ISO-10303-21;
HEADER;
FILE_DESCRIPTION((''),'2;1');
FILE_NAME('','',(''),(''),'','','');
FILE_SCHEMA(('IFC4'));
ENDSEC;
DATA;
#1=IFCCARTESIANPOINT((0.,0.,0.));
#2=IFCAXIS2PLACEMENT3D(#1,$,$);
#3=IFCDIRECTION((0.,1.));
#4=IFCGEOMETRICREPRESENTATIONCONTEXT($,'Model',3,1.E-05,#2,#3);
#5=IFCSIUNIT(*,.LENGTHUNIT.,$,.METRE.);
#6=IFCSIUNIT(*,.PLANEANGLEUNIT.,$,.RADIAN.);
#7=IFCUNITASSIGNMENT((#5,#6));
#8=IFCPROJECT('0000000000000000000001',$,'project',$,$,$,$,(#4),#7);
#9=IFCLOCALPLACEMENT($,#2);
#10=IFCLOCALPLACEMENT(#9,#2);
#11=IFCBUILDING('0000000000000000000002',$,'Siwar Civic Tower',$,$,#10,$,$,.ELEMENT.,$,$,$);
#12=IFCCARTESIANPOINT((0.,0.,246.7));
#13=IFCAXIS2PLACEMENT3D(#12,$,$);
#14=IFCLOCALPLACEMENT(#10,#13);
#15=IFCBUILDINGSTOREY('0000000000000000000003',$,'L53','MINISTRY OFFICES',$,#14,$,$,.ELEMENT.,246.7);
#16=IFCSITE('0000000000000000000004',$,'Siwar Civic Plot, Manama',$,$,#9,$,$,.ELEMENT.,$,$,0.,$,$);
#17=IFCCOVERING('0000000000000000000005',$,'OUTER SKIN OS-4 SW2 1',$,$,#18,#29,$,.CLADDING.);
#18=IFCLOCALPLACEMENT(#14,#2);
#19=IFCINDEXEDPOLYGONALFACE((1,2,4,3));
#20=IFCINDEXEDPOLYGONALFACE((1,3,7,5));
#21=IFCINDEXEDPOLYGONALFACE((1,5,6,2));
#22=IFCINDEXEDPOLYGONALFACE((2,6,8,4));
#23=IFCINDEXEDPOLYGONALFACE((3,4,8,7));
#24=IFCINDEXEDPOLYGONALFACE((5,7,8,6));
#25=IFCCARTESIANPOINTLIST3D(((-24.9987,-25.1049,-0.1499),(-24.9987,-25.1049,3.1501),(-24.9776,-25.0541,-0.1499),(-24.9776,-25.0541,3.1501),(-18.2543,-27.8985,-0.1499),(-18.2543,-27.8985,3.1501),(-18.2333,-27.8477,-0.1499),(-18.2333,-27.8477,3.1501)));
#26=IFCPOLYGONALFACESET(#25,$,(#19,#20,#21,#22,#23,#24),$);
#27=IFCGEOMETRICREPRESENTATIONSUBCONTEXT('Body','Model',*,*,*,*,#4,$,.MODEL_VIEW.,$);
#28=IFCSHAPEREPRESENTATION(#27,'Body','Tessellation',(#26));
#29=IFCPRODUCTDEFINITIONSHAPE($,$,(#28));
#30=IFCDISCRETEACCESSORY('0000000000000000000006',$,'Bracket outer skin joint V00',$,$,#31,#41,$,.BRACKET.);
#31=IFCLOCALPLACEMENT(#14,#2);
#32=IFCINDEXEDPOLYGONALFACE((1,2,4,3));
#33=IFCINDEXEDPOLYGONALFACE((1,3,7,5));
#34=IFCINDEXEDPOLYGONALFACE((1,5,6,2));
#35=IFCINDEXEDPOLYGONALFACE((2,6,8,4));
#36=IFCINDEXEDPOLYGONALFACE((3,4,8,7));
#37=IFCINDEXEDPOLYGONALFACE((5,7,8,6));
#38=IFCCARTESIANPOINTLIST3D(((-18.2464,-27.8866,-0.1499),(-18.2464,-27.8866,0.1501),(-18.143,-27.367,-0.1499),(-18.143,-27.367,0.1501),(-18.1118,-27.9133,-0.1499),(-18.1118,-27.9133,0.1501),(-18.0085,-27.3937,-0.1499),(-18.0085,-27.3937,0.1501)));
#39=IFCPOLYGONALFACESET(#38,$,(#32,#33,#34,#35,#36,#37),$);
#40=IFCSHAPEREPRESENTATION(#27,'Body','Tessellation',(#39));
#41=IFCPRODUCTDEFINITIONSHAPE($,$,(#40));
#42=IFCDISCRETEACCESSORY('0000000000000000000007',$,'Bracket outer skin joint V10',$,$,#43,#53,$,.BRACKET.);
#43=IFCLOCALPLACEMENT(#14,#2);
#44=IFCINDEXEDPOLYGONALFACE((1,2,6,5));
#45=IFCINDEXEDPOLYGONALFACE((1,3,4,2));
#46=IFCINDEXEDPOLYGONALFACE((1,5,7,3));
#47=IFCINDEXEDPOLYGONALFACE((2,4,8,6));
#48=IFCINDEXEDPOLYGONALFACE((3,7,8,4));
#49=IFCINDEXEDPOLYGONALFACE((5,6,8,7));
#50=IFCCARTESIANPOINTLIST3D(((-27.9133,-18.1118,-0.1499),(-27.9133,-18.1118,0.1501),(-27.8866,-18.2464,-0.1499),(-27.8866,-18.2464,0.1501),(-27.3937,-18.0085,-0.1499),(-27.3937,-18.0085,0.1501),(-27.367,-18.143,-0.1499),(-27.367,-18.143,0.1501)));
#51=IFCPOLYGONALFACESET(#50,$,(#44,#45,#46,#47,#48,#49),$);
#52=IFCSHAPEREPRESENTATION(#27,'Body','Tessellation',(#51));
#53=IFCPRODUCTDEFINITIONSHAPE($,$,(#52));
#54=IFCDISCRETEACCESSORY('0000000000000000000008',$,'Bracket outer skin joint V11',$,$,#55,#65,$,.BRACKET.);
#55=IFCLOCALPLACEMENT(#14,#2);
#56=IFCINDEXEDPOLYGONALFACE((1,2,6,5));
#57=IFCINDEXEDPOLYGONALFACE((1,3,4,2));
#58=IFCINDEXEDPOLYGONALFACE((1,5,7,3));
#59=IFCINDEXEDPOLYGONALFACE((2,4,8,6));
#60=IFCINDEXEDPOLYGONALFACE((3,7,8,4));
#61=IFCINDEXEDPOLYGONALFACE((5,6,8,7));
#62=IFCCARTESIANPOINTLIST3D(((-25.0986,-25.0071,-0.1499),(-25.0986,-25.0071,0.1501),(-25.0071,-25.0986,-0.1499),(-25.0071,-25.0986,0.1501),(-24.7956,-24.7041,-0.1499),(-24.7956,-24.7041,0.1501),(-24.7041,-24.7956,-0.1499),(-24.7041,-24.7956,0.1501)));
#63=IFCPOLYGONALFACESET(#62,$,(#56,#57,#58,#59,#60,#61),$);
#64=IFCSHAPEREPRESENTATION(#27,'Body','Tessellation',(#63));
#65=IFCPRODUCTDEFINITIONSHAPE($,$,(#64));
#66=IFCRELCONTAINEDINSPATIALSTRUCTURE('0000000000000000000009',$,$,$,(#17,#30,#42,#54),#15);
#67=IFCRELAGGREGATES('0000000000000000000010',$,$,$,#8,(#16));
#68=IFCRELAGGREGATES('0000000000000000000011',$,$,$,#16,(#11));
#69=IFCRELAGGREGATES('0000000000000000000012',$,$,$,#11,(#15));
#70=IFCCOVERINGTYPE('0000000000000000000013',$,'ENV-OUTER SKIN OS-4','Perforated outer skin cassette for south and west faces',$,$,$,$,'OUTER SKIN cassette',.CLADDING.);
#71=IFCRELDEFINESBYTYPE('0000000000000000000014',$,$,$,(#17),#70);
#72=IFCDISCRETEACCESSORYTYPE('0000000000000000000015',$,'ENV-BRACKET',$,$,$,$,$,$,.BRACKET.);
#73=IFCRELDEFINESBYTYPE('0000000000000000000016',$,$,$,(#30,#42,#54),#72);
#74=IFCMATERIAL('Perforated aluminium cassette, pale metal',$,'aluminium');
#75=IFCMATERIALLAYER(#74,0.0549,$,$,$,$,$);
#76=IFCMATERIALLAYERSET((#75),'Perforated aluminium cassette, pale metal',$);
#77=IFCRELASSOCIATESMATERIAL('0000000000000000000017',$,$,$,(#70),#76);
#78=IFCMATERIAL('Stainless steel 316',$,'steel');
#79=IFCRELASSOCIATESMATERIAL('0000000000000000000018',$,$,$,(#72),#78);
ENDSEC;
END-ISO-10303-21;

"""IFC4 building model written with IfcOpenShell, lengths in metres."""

from ifc_helpers import new_model, si_unit, direction, frame, origin, origin_2d, place, context, subcontext, project, spatial, rectangle, extrude, material, layer, layer_set, type_object, element, save


model = new_model("IFC4")

# Units and contexts
model_context = context("Model", 3, precision=1e-05, world=origin(), true_north=direction((0.0, 1.0)))
body_context = subcontext(model_context, "Body", "Model", "MODEL_VIEW")
ifc_project = project(units=[si_unit("LENGTHUNIT", "METRE"), si_unit("PLANEANGLEUNIT", "RADIAN")], contexts=[model_context])

# Site, building, storey
site_placement = place(None, origin())
site = spatial("IfcSite", under=ifc_project, at=site_placement, Name="Siwar Civic Plot, Manama", CompositionType="ELEMENT", RefElevation=0.0)
building_placement = place(site_placement, origin())
building = spatial("IfcBuilding", under=site, at=building_placement, Name="Siwar Civic Tower", CompositionType="ELEMENT")
storey_placement = place(building_placement, frame((0.0, 0.0, 246.7)))
storey = spatial("IfcBuildingStorey", under=building, at=storey_placement, Name="L53", Description="MINISTRY OFFICES", CompositionType="ELEMENT", Elevation=246.7)

# Covering
ifc_material_1 = material(Name="Perforated aluminium cassette, pale metal", Category="aluminium")
ifc_layer_1 = layer(ifc_material_1, 0.0549)
ifc_layer_set_1 = layer_set([ifc_layer_1], Name="Perforated aluminium cassette, pale metal")
covering_type = type_object("IfcCoveringType", Name="ENV-OUTER SKIN OS-4", Description="Perforated outer skin cassette for south and west faces", ElementType="OUTER SKIN cassette", PredefinedType="CLADDING", material=ifc_layer_set_1)
for number, where, z_axis, x_axis, name in (
    (1, (-21.616, -26.4763, -0.1499), (0.0, 0.0, 1.0), (0.92388, -0.382683, 0.0), "OUTER SKIN OS-4 SW2 1"),
):
    element("IfcCovering", number, at=place(storey_placement, frame(where, z_axis=z_axis, x_axis=x_axis)), inside=storey, type_object=covering_type, Name=name, PredefinedType="CLADDING", context=body_context, shape_type="SweptSolid", body=[
        extrude(rectangle(XDim=7.3, YDim=0.0549, at=origin_2d()), origin(), (0.0, 0.0, 1.0), 3.3),
    ])

# Discrete accessories
ifc_material_2 = material(Name="Stainless steel 316", Category="steel")
discrete_accessory_type = type_object("IfcDiscreteAccessoryType", Name="ENV-BRACKET", PredefinedType="BRACKET", material=ifc_material_2)
for number, where, z_axis, x_axis, name in (
    (2, (-18.1274, -27.6401, -0.1499), (0.0, 0.0, 1.0), (-0.19509, -0.980785, 0.0), "Bracket outer skin joint V00"),
    (3, (-27.6401, -18.1274, -0.1499), (0.0, 0.0, 1.0), (-0.980785, -0.19509, 0.0), "Bracket outer skin joint V10"),
):
    element("IfcDiscreteAccessory", number, at=place(storey_placement, frame(where, z_axis=z_axis, x_axis=x_axis)), inside=storey, type_object=discrete_accessory_type, Name=name, PredefinedType="BRACKET", context=body_context, shape_type="SweptSolid", body=[
        extrude(rectangle(XDim=0.5298, YDim=0.1372, at=origin_2d()), origin(), (0.0, 0.0, 1.0), 0.3),
    ])
discrete_accessory_placement = place(storey_placement, frame((-24.9014, -24.9014, -0.1499), z_axis=(0.0, 0.0, 1.0), x_axis=(-0.707107, -0.707107, 0.0)))
element("IfcDiscreteAccessory", 4, at=discrete_accessory_placement, inside=storey, type_object=discrete_accessory_type, Name="Bracket outer skin joint V11", PredefinedType="BRACKET", context=body_context, shape_type="SweptSolid", body=[
    extrude(rectangle(XDim=0.4285, YDim=0.1294, at=origin_2d()), origin(), (0.0, 0.0, 1.0), 0.3),
])

save(model, "model.ifc")
